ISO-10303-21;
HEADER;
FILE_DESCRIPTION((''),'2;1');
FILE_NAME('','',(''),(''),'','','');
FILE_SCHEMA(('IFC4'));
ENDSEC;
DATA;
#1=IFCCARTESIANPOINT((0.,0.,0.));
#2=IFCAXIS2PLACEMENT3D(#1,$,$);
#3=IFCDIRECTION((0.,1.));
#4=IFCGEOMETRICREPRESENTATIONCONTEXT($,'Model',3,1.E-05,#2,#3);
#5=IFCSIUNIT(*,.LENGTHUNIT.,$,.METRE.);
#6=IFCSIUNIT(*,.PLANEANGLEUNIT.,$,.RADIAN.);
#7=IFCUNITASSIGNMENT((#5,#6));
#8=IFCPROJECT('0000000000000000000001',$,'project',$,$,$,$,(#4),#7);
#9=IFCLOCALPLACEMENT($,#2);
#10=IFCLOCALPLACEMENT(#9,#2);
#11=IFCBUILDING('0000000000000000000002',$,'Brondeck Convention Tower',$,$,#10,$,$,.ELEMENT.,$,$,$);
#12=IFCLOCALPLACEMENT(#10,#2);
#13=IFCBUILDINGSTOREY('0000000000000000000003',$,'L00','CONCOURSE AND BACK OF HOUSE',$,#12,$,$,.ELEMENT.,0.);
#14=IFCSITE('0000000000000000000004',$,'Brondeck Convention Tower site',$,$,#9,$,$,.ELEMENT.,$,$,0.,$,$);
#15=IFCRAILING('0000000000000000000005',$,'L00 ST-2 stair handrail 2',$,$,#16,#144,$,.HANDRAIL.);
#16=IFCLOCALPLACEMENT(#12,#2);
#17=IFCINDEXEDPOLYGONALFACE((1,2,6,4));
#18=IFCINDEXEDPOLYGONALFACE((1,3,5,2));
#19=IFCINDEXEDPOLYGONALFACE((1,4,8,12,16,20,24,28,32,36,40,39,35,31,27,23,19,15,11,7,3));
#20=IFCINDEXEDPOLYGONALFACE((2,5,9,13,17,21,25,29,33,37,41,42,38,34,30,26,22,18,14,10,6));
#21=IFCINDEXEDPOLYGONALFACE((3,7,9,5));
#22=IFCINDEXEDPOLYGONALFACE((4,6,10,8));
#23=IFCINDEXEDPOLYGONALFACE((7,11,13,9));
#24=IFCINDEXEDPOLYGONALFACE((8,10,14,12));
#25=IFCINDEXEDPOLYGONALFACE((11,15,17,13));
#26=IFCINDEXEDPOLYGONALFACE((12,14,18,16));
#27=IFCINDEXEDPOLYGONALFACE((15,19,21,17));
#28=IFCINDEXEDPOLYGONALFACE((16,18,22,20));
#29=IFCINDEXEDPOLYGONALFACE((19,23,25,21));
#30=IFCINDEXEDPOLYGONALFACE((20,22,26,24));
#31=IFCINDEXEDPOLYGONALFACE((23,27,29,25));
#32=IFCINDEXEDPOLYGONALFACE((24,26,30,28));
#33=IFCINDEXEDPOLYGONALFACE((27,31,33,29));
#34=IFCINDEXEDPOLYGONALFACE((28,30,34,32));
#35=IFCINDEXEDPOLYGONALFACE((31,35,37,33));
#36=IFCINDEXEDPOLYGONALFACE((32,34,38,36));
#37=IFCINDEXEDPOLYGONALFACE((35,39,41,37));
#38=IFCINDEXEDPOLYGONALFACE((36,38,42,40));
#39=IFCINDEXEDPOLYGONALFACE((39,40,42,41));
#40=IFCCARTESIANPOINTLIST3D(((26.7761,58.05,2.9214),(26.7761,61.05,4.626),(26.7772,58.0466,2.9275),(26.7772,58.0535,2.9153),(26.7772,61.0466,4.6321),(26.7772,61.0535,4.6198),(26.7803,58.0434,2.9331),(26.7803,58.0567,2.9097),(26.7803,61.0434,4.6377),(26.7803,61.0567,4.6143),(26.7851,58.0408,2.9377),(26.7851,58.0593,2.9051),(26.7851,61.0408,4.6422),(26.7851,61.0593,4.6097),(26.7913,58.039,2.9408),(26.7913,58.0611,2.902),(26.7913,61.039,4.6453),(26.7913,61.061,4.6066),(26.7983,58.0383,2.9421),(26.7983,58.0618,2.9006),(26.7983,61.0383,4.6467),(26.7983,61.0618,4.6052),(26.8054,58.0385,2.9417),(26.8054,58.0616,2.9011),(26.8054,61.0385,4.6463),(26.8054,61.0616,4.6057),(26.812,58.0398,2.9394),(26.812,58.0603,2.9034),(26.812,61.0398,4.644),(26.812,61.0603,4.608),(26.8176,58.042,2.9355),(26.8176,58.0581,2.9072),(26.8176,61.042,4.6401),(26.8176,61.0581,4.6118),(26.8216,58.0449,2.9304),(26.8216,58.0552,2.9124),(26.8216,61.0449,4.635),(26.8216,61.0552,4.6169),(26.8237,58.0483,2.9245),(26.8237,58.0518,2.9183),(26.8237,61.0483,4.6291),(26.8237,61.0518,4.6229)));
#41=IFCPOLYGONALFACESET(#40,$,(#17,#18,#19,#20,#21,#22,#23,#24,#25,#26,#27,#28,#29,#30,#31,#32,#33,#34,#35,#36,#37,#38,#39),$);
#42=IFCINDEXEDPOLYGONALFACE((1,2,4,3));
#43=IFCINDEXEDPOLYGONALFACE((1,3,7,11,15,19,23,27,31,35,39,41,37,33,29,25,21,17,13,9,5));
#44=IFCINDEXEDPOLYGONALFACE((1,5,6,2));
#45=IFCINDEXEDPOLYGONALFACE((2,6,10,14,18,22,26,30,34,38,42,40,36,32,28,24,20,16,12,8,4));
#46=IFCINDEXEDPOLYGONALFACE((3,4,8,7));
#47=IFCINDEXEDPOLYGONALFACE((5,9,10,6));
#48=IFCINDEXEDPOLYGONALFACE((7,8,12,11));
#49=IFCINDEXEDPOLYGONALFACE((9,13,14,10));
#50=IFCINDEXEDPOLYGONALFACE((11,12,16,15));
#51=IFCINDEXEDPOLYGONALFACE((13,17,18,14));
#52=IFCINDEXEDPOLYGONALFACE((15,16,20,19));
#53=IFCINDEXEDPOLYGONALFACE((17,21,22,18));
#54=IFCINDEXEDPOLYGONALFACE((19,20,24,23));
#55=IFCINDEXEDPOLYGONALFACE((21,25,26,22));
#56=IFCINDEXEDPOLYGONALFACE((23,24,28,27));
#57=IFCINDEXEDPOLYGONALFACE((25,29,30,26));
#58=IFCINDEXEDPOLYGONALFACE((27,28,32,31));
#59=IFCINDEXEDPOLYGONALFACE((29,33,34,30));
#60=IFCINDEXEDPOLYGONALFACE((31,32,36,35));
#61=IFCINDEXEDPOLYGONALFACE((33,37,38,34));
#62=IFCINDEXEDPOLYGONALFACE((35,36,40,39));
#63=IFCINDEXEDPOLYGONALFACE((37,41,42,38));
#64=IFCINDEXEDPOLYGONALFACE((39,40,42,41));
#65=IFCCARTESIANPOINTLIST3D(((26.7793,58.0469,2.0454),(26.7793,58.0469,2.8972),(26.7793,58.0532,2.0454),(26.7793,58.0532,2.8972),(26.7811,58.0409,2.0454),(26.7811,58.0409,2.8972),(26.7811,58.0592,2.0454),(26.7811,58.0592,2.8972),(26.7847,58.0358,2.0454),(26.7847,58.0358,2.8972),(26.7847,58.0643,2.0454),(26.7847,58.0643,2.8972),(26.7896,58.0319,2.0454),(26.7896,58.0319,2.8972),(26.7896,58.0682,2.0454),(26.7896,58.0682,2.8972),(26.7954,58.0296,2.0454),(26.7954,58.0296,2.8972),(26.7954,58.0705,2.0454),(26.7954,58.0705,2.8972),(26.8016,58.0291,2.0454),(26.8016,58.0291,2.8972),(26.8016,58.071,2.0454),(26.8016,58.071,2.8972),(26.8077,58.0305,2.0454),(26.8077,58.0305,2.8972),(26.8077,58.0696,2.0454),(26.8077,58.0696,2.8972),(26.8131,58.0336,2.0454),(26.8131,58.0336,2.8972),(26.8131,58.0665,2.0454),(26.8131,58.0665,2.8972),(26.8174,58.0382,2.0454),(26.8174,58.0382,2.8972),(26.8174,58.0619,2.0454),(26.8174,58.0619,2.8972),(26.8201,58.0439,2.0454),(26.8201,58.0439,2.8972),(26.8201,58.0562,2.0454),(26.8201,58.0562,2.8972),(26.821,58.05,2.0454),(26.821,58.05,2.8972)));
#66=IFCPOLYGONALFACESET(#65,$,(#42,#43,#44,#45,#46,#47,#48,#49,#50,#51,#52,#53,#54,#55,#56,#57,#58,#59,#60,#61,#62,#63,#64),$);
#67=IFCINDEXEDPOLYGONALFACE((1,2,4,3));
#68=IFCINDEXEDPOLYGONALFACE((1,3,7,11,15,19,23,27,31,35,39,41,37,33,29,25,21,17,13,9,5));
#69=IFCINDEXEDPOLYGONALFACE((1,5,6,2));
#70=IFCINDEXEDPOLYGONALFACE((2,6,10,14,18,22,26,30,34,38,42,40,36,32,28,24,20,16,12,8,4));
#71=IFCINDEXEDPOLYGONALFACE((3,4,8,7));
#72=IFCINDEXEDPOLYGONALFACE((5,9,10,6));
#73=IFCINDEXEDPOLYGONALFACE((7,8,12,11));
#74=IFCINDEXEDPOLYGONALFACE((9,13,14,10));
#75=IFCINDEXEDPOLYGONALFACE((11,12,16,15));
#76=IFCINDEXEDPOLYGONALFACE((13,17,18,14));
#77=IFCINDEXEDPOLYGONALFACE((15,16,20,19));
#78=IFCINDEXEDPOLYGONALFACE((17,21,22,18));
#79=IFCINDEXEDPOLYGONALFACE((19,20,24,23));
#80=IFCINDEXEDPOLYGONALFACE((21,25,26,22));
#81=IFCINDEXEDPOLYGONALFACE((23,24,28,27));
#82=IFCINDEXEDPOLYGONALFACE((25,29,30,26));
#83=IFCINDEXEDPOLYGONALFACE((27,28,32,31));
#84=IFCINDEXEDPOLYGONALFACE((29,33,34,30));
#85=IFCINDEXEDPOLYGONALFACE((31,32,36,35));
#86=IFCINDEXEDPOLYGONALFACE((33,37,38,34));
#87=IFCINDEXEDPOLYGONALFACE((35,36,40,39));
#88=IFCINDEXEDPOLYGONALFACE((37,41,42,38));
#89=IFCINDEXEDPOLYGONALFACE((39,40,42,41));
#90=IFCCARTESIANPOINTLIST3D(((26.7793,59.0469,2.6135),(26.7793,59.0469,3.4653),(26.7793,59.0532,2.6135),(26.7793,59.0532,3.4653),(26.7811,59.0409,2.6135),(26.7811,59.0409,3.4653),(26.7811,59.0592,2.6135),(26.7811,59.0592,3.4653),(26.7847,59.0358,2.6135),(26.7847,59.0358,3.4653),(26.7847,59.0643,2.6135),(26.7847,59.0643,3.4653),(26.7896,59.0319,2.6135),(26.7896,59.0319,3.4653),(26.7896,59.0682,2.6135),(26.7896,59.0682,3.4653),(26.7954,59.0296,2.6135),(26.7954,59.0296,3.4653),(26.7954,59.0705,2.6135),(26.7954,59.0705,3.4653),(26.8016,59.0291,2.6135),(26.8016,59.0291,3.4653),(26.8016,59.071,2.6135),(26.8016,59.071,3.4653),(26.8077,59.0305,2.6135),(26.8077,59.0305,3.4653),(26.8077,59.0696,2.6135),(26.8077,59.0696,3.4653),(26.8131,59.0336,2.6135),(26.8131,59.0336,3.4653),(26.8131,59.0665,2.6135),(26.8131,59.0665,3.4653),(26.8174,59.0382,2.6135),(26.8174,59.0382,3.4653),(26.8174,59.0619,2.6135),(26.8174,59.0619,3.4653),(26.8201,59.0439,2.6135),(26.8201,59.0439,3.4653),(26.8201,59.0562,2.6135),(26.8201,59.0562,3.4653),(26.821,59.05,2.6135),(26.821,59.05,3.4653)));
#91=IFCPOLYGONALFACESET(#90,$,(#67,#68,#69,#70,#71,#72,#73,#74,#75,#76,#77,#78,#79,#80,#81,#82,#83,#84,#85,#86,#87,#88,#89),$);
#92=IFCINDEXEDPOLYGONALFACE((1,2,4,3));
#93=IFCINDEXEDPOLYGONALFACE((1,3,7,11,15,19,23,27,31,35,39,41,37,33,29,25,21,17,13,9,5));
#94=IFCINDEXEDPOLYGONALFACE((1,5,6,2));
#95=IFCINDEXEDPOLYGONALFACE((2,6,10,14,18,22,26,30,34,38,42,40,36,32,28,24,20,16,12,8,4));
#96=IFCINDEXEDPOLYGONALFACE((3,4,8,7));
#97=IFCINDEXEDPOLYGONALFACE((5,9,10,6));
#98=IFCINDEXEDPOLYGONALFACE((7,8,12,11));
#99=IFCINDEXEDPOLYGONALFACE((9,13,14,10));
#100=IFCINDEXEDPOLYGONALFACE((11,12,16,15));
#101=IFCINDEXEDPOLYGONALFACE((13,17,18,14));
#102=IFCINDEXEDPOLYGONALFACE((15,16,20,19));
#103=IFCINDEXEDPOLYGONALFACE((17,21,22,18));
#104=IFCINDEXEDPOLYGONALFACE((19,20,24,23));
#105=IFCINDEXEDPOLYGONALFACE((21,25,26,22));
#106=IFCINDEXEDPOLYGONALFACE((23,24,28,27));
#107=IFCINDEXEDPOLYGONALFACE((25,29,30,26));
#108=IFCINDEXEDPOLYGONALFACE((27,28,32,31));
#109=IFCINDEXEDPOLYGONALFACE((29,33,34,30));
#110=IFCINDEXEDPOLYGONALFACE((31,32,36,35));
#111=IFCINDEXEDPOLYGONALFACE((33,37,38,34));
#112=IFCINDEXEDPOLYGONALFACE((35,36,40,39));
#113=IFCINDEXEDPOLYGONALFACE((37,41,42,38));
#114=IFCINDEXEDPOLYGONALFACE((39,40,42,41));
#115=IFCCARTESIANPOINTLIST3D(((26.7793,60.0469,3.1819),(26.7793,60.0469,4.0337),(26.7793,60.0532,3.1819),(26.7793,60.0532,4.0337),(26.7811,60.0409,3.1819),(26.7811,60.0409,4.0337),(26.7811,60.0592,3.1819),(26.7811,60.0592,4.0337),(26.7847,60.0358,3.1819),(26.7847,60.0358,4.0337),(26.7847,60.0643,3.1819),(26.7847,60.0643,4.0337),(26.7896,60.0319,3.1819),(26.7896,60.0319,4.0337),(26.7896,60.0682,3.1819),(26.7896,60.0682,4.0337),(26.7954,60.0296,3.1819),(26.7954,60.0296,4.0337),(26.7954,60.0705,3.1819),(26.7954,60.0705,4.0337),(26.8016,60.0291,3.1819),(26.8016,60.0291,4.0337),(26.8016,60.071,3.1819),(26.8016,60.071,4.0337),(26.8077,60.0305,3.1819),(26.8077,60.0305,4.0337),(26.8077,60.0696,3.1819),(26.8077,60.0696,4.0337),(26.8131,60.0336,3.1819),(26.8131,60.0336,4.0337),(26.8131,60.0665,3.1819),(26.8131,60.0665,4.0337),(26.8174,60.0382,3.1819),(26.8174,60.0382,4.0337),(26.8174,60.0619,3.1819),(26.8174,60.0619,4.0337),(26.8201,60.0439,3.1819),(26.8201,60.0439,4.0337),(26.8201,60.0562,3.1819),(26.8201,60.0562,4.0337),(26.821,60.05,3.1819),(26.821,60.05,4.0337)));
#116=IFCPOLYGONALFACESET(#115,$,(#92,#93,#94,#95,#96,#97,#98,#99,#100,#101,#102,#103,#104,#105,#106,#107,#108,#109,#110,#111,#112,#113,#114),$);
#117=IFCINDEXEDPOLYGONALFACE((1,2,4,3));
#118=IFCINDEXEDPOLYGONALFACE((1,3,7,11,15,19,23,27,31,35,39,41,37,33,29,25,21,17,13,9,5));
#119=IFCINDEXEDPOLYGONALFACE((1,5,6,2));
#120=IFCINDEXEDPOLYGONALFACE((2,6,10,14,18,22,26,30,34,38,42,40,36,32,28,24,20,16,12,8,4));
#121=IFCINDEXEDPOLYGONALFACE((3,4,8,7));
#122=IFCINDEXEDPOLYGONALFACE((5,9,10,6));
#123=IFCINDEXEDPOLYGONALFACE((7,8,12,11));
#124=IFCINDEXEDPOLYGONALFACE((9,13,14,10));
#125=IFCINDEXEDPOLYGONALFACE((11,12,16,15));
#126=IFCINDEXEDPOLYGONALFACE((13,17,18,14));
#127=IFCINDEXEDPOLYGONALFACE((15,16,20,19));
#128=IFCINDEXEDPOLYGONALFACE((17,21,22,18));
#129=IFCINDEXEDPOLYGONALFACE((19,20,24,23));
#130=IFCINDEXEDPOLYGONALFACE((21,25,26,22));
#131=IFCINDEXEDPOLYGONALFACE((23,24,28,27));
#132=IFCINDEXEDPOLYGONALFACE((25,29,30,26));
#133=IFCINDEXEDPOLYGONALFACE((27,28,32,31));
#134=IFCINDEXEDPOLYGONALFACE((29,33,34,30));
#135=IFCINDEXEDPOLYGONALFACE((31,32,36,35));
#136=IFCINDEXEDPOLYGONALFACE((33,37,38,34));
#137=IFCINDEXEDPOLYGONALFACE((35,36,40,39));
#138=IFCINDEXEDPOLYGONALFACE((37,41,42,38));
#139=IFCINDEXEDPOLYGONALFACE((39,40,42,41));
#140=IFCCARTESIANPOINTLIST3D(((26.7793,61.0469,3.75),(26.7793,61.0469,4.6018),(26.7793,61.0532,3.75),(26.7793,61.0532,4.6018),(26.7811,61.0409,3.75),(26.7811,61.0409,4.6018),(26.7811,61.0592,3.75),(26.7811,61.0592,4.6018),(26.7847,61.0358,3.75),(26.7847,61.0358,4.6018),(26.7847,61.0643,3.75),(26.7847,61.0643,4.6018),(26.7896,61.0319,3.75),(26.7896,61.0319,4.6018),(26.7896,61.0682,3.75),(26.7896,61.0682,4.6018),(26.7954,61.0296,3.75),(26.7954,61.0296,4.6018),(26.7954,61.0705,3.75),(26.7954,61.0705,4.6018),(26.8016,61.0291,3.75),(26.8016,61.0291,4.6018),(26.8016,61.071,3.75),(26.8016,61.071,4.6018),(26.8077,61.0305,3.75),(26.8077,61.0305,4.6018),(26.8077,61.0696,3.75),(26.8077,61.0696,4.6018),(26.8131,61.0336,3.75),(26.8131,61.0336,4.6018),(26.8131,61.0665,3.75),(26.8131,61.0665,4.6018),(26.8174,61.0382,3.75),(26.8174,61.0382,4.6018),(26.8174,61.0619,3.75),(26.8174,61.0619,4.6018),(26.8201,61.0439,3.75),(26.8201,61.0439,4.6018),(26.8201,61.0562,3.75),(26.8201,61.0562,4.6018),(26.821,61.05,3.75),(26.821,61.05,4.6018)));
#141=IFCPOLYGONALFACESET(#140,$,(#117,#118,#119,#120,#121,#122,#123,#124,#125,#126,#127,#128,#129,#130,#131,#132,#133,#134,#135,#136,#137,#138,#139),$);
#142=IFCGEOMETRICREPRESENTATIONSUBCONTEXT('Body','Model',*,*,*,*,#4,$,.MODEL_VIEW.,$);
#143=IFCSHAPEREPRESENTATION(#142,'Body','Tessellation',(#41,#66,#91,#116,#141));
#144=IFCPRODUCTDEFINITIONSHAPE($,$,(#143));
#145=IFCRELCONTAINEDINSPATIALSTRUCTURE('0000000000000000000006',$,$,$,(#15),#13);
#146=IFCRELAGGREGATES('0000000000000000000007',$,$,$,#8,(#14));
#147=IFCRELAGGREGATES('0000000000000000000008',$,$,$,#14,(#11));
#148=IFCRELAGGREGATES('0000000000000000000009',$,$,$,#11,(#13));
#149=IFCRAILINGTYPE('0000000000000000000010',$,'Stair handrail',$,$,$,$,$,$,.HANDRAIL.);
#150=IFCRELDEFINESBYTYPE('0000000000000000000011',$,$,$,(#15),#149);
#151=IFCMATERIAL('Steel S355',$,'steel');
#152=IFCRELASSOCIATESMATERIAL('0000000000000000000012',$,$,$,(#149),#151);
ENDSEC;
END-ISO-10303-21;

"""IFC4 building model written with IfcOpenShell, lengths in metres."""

from ifc_helpers import new_model, si_unit, direction, frame, origin, origin_2d, place, context, subcontext, project, spatial, circle, extrude, material, type_object, element, save


model = new_model("IFC4")

# Units and contexts
model_context = context("Model", 3, precision=1e-05, world=origin(), true_north=direction((0.0, 1.0)))
body_context = subcontext(model_context, "Body", "Model", "MODEL_VIEW")
ifc_project = project(units=[si_unit("LENGTHUNIT", "METRE"), si_unit("PLANEANGLEUNIT", "RADIAN")], contexts=[model_context])

# Site, building, storey
site_placement = place(None, origin())
site = spatial("IfcSite", under=ifc_project, at=site_placement, Name="Brondeck Convention Tower site", CompositionType="ELEMENT", RefElevation=0.0)
building_placement = place(site_placement, origin())
building = spatial("IfcBuilding", under=site, at=building_placement, Name="Brondeck Convention Tower", CompositionType="ELEMENT")
storey_placement = place(building_placement, origin())
storey = spatial("IfcBuildingStorey", under=building, at=storey_placement, Name="L00", Description="CONCOURSE AND BACK OF HOUSE", CompositionType="ELEMENT", Elevation=0.0)

# Railing
ifc_material_1 = material(Name="Steel S355", Category="steel")
railing_type_1 = type_object("IfcRailingType", Name="Stair handrail", PredefinedType="HANDRAIL", material=ifc_material_1)
for number, where, name in (
    (1, (26.8, 58.05, 2.0454), "L00 ST-2 stair handrail 2"),
):
    element("IfcRailing", number, at=place(storey_placement, frame(where)), inside=storey, type_object=railing_type_1, Name=name, PredefinedType="HANDRAIL", context=body_context, shape_type="SweptSolid", body=[
        extrude(circle(Radius=0.0239, at=origin_2d()), frame((0.0, 0.0, 0.876), z_axis=(0.0, 0.869451, 0.494019), x_axis=(-1.0, 0.0, 0.0)), (0.0, 0.0, 1.0), 3.4504),
        extrude(circle(Radius=0.021, at=origin_2d()), origin(), (0.0, 0.0, 1.0), 0.8518),
        extrude(circle(Radius=0.021, at=origin_2d()), frame((0.0, 1.0, 0.5681)), (0.0, 0.0, 1.0), 0.8518),
        extrude(circle(Radius=0.021, at=origin_2d()), frame((0.0, 2.0, 1.1365)), (0.0, 0.0, 1.0), 0.8518),
        extrude(circle(Radius=0.021, at=origin_2d()), frame((0.0, 3.0, 1.7046)), (0.0, 0.0, 1.0), 0.8518),
    ])

save(model, "model.ifc")
